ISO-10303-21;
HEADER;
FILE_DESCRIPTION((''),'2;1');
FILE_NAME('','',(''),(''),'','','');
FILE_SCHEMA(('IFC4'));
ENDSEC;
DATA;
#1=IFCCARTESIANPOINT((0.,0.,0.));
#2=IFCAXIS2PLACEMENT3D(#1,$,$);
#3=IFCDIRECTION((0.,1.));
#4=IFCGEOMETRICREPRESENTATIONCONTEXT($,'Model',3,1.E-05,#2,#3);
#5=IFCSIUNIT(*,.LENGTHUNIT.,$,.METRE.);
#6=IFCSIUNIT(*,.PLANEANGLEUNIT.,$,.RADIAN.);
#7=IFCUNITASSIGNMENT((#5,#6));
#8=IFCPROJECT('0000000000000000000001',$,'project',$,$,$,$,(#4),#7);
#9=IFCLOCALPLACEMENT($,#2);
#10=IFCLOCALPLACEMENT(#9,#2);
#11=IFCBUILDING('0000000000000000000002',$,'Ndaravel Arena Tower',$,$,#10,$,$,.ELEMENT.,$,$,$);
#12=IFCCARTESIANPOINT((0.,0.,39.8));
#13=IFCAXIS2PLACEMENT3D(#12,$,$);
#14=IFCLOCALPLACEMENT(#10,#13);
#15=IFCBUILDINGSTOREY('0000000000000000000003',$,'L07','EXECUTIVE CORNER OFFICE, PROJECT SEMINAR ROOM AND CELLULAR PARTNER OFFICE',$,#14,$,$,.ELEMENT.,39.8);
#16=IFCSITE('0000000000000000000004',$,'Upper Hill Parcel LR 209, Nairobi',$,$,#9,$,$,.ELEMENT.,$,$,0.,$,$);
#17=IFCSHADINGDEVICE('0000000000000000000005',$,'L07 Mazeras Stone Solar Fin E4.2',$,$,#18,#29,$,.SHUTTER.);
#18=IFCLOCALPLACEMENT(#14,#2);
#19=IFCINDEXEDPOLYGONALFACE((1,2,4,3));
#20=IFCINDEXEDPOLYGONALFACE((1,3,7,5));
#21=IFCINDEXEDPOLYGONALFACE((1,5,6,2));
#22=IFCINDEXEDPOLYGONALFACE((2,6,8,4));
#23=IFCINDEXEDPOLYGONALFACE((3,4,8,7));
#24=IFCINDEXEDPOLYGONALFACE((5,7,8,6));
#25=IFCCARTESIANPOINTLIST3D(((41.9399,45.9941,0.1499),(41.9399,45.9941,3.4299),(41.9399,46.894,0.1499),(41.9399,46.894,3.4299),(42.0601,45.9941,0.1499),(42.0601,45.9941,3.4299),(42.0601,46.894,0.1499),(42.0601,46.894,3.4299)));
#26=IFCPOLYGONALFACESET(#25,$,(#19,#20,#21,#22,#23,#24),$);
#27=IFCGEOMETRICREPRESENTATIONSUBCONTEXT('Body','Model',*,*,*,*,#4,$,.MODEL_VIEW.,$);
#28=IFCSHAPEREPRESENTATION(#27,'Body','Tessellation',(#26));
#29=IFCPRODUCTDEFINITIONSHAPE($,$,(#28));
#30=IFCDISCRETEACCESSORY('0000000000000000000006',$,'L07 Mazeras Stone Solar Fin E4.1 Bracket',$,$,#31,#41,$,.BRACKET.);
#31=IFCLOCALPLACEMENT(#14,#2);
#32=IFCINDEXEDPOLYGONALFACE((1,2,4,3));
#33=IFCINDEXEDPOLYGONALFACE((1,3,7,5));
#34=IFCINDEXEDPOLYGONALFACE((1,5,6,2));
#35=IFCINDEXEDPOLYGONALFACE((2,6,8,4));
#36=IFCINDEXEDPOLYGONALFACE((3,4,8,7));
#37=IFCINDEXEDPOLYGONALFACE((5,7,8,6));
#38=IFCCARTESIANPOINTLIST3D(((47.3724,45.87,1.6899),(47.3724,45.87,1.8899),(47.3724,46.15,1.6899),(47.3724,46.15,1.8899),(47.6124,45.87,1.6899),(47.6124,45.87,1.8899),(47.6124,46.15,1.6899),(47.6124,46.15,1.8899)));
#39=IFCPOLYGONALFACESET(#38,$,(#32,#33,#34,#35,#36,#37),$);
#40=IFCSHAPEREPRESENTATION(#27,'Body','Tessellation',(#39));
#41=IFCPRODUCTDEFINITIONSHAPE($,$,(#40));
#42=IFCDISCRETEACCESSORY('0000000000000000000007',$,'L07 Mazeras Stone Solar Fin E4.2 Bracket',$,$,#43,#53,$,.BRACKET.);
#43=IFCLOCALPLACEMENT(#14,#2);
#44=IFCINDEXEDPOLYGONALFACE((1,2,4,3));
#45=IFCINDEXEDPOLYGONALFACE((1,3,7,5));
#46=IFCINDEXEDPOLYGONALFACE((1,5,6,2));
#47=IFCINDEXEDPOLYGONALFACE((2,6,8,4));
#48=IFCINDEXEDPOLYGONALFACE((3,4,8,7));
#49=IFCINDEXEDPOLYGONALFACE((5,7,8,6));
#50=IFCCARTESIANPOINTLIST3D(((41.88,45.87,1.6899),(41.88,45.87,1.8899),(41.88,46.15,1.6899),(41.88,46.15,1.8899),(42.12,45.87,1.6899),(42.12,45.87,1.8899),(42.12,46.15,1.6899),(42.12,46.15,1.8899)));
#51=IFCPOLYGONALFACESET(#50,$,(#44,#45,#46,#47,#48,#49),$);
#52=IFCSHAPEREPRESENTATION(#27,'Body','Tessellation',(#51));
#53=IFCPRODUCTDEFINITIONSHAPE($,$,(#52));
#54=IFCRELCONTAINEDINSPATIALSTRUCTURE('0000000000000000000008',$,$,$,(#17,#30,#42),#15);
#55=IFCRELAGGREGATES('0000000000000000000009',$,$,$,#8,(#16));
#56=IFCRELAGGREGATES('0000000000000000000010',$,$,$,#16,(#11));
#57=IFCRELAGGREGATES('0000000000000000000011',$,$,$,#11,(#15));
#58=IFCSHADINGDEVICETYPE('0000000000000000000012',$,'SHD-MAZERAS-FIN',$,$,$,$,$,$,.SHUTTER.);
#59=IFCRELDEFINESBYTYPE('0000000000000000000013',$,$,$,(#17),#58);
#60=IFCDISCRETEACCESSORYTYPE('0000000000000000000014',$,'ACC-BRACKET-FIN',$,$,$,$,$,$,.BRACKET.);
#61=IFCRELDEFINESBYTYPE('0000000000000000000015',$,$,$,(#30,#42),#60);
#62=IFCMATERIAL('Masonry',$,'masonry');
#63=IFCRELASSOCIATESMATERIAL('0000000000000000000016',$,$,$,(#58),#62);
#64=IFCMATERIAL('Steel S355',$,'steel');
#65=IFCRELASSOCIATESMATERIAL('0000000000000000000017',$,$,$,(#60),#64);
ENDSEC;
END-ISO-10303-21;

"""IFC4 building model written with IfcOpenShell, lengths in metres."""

from ifc_helpers import new_model, si_unit, direction, frame, origin, origin_2d, place, context, subcontext, project, spatial, rectangle, extrude, material, type_object, element, save


model = new_model("IFC4")

# Units and contexts
model_context = context("Model", 3, precision=1e-05, world=origin(), true_north=direction((0.0, 1.0)))
body_context = subcontext(model_context, "Body", "Model", "MODEL_VIEW")
ifc_project = project(units=[si_unit("LENGTHUNIT", "METRE"), si_unit("PLANEANGLEUNIT", "RADIAN")], contexts=[model_context])

# Site, building, storey
site_placement = place(None, origin())
site = spatial("IfcSite", under=ifc_project, at=site_placement, Name="Upper Hill Parcel LR 209, Nairobi", CompositionType="ELEMENT", RefElevation=0.0)
building_placement = place(site_placement, origin())
building = spatial("IfcBuilding", under=site, at=building_placement, Name="Ndaravel Arena Tower", CompositionType="ELEMENT")
storey_placement = place(building_placement, frame((0.0, 0.0, 39.8)))
storey = spatial("IfcBuildingStorey", under=building, at=storey_placement, Name="L07", Description="EXECUTIVE CORNER OFFICE, PROJECT SEMINAR ROOM AND CELLULAR PARTNER OFFICE", CompositionType="ELEMENT", Elevation=39.8)

# Shading device
ifc_material_1 = material(Name="Masonry", Category="masonry")
shading_device_type = type_object("IfcShadingDeviceType", Name="SHD-MAZERAS-FIN", PredefinedType="SHUTTER", material=ifc_material_1)
for number, where, z_axis, x_axis, name in (
    (1, (42.0, 46.4441, 0.1499), (0.0, 0.0, 1.0), (0.0, 1.0, 0.0), "L07 Mazeras Stone Solar Fin E4.2"),
):
    element("IfcShadingDevice", number, at=place(storey_placement, frame(where, z_axis=z_axis, x_axis=x_axis)), inside=storey, type_object=shading_device_type, Name=name, PredefinedType="SHUTTER", context=body_context, shape_type="SweptSolid", body=[
        extrude(rectangle(XDim=0.8999, YDim=0.1201, at=origin_2d()), origin(), (0.0, 0.0, 1.0), 3.28),
    ])

# Discrete accessories
ifc_material_2 = material(Name="Steel S355", Category="steel")
discrete_accessory_type = type_object("IfcDiscreteAccessoryType", Name="ACC-BRACKET-FIN", PredefinedType="BRACKET", material=ifc_material_2)
for number, where, z_axis, x_axis, name in (
    (2, (47.4924, 46.01, 1.6899), (0.0, 0.0, 1.0), (0.0, 1.0, 0.0), "L07 Mazeras Stone Solar Fin E4.1 Bracket"),
    (3, (42.0, 46.01, 1.6899), (0.0, 0.0, 1.0), (0.0, 1.0, 0.0), "L07 Mazeras Stone Solar Fin E4.2 Bracket"),
):
    element("IfcDiscreteAccessory", number, at=place(storey_placement, frame(where, z_axis=z_axis, x_axis=x_axis)), inside=storey, type_object=discrete_accessory_type, Name=name, PredefinedType="BRACKET", context=body_context, shape_type="SweptSolid", body=[
        extrude(rectangle(XDim=0.28, YDim=0.24, at=origin_2d()), origin(), (0.0, 0.0, 1.0), 0.2),
    ])

save(model, "model.ifc")
